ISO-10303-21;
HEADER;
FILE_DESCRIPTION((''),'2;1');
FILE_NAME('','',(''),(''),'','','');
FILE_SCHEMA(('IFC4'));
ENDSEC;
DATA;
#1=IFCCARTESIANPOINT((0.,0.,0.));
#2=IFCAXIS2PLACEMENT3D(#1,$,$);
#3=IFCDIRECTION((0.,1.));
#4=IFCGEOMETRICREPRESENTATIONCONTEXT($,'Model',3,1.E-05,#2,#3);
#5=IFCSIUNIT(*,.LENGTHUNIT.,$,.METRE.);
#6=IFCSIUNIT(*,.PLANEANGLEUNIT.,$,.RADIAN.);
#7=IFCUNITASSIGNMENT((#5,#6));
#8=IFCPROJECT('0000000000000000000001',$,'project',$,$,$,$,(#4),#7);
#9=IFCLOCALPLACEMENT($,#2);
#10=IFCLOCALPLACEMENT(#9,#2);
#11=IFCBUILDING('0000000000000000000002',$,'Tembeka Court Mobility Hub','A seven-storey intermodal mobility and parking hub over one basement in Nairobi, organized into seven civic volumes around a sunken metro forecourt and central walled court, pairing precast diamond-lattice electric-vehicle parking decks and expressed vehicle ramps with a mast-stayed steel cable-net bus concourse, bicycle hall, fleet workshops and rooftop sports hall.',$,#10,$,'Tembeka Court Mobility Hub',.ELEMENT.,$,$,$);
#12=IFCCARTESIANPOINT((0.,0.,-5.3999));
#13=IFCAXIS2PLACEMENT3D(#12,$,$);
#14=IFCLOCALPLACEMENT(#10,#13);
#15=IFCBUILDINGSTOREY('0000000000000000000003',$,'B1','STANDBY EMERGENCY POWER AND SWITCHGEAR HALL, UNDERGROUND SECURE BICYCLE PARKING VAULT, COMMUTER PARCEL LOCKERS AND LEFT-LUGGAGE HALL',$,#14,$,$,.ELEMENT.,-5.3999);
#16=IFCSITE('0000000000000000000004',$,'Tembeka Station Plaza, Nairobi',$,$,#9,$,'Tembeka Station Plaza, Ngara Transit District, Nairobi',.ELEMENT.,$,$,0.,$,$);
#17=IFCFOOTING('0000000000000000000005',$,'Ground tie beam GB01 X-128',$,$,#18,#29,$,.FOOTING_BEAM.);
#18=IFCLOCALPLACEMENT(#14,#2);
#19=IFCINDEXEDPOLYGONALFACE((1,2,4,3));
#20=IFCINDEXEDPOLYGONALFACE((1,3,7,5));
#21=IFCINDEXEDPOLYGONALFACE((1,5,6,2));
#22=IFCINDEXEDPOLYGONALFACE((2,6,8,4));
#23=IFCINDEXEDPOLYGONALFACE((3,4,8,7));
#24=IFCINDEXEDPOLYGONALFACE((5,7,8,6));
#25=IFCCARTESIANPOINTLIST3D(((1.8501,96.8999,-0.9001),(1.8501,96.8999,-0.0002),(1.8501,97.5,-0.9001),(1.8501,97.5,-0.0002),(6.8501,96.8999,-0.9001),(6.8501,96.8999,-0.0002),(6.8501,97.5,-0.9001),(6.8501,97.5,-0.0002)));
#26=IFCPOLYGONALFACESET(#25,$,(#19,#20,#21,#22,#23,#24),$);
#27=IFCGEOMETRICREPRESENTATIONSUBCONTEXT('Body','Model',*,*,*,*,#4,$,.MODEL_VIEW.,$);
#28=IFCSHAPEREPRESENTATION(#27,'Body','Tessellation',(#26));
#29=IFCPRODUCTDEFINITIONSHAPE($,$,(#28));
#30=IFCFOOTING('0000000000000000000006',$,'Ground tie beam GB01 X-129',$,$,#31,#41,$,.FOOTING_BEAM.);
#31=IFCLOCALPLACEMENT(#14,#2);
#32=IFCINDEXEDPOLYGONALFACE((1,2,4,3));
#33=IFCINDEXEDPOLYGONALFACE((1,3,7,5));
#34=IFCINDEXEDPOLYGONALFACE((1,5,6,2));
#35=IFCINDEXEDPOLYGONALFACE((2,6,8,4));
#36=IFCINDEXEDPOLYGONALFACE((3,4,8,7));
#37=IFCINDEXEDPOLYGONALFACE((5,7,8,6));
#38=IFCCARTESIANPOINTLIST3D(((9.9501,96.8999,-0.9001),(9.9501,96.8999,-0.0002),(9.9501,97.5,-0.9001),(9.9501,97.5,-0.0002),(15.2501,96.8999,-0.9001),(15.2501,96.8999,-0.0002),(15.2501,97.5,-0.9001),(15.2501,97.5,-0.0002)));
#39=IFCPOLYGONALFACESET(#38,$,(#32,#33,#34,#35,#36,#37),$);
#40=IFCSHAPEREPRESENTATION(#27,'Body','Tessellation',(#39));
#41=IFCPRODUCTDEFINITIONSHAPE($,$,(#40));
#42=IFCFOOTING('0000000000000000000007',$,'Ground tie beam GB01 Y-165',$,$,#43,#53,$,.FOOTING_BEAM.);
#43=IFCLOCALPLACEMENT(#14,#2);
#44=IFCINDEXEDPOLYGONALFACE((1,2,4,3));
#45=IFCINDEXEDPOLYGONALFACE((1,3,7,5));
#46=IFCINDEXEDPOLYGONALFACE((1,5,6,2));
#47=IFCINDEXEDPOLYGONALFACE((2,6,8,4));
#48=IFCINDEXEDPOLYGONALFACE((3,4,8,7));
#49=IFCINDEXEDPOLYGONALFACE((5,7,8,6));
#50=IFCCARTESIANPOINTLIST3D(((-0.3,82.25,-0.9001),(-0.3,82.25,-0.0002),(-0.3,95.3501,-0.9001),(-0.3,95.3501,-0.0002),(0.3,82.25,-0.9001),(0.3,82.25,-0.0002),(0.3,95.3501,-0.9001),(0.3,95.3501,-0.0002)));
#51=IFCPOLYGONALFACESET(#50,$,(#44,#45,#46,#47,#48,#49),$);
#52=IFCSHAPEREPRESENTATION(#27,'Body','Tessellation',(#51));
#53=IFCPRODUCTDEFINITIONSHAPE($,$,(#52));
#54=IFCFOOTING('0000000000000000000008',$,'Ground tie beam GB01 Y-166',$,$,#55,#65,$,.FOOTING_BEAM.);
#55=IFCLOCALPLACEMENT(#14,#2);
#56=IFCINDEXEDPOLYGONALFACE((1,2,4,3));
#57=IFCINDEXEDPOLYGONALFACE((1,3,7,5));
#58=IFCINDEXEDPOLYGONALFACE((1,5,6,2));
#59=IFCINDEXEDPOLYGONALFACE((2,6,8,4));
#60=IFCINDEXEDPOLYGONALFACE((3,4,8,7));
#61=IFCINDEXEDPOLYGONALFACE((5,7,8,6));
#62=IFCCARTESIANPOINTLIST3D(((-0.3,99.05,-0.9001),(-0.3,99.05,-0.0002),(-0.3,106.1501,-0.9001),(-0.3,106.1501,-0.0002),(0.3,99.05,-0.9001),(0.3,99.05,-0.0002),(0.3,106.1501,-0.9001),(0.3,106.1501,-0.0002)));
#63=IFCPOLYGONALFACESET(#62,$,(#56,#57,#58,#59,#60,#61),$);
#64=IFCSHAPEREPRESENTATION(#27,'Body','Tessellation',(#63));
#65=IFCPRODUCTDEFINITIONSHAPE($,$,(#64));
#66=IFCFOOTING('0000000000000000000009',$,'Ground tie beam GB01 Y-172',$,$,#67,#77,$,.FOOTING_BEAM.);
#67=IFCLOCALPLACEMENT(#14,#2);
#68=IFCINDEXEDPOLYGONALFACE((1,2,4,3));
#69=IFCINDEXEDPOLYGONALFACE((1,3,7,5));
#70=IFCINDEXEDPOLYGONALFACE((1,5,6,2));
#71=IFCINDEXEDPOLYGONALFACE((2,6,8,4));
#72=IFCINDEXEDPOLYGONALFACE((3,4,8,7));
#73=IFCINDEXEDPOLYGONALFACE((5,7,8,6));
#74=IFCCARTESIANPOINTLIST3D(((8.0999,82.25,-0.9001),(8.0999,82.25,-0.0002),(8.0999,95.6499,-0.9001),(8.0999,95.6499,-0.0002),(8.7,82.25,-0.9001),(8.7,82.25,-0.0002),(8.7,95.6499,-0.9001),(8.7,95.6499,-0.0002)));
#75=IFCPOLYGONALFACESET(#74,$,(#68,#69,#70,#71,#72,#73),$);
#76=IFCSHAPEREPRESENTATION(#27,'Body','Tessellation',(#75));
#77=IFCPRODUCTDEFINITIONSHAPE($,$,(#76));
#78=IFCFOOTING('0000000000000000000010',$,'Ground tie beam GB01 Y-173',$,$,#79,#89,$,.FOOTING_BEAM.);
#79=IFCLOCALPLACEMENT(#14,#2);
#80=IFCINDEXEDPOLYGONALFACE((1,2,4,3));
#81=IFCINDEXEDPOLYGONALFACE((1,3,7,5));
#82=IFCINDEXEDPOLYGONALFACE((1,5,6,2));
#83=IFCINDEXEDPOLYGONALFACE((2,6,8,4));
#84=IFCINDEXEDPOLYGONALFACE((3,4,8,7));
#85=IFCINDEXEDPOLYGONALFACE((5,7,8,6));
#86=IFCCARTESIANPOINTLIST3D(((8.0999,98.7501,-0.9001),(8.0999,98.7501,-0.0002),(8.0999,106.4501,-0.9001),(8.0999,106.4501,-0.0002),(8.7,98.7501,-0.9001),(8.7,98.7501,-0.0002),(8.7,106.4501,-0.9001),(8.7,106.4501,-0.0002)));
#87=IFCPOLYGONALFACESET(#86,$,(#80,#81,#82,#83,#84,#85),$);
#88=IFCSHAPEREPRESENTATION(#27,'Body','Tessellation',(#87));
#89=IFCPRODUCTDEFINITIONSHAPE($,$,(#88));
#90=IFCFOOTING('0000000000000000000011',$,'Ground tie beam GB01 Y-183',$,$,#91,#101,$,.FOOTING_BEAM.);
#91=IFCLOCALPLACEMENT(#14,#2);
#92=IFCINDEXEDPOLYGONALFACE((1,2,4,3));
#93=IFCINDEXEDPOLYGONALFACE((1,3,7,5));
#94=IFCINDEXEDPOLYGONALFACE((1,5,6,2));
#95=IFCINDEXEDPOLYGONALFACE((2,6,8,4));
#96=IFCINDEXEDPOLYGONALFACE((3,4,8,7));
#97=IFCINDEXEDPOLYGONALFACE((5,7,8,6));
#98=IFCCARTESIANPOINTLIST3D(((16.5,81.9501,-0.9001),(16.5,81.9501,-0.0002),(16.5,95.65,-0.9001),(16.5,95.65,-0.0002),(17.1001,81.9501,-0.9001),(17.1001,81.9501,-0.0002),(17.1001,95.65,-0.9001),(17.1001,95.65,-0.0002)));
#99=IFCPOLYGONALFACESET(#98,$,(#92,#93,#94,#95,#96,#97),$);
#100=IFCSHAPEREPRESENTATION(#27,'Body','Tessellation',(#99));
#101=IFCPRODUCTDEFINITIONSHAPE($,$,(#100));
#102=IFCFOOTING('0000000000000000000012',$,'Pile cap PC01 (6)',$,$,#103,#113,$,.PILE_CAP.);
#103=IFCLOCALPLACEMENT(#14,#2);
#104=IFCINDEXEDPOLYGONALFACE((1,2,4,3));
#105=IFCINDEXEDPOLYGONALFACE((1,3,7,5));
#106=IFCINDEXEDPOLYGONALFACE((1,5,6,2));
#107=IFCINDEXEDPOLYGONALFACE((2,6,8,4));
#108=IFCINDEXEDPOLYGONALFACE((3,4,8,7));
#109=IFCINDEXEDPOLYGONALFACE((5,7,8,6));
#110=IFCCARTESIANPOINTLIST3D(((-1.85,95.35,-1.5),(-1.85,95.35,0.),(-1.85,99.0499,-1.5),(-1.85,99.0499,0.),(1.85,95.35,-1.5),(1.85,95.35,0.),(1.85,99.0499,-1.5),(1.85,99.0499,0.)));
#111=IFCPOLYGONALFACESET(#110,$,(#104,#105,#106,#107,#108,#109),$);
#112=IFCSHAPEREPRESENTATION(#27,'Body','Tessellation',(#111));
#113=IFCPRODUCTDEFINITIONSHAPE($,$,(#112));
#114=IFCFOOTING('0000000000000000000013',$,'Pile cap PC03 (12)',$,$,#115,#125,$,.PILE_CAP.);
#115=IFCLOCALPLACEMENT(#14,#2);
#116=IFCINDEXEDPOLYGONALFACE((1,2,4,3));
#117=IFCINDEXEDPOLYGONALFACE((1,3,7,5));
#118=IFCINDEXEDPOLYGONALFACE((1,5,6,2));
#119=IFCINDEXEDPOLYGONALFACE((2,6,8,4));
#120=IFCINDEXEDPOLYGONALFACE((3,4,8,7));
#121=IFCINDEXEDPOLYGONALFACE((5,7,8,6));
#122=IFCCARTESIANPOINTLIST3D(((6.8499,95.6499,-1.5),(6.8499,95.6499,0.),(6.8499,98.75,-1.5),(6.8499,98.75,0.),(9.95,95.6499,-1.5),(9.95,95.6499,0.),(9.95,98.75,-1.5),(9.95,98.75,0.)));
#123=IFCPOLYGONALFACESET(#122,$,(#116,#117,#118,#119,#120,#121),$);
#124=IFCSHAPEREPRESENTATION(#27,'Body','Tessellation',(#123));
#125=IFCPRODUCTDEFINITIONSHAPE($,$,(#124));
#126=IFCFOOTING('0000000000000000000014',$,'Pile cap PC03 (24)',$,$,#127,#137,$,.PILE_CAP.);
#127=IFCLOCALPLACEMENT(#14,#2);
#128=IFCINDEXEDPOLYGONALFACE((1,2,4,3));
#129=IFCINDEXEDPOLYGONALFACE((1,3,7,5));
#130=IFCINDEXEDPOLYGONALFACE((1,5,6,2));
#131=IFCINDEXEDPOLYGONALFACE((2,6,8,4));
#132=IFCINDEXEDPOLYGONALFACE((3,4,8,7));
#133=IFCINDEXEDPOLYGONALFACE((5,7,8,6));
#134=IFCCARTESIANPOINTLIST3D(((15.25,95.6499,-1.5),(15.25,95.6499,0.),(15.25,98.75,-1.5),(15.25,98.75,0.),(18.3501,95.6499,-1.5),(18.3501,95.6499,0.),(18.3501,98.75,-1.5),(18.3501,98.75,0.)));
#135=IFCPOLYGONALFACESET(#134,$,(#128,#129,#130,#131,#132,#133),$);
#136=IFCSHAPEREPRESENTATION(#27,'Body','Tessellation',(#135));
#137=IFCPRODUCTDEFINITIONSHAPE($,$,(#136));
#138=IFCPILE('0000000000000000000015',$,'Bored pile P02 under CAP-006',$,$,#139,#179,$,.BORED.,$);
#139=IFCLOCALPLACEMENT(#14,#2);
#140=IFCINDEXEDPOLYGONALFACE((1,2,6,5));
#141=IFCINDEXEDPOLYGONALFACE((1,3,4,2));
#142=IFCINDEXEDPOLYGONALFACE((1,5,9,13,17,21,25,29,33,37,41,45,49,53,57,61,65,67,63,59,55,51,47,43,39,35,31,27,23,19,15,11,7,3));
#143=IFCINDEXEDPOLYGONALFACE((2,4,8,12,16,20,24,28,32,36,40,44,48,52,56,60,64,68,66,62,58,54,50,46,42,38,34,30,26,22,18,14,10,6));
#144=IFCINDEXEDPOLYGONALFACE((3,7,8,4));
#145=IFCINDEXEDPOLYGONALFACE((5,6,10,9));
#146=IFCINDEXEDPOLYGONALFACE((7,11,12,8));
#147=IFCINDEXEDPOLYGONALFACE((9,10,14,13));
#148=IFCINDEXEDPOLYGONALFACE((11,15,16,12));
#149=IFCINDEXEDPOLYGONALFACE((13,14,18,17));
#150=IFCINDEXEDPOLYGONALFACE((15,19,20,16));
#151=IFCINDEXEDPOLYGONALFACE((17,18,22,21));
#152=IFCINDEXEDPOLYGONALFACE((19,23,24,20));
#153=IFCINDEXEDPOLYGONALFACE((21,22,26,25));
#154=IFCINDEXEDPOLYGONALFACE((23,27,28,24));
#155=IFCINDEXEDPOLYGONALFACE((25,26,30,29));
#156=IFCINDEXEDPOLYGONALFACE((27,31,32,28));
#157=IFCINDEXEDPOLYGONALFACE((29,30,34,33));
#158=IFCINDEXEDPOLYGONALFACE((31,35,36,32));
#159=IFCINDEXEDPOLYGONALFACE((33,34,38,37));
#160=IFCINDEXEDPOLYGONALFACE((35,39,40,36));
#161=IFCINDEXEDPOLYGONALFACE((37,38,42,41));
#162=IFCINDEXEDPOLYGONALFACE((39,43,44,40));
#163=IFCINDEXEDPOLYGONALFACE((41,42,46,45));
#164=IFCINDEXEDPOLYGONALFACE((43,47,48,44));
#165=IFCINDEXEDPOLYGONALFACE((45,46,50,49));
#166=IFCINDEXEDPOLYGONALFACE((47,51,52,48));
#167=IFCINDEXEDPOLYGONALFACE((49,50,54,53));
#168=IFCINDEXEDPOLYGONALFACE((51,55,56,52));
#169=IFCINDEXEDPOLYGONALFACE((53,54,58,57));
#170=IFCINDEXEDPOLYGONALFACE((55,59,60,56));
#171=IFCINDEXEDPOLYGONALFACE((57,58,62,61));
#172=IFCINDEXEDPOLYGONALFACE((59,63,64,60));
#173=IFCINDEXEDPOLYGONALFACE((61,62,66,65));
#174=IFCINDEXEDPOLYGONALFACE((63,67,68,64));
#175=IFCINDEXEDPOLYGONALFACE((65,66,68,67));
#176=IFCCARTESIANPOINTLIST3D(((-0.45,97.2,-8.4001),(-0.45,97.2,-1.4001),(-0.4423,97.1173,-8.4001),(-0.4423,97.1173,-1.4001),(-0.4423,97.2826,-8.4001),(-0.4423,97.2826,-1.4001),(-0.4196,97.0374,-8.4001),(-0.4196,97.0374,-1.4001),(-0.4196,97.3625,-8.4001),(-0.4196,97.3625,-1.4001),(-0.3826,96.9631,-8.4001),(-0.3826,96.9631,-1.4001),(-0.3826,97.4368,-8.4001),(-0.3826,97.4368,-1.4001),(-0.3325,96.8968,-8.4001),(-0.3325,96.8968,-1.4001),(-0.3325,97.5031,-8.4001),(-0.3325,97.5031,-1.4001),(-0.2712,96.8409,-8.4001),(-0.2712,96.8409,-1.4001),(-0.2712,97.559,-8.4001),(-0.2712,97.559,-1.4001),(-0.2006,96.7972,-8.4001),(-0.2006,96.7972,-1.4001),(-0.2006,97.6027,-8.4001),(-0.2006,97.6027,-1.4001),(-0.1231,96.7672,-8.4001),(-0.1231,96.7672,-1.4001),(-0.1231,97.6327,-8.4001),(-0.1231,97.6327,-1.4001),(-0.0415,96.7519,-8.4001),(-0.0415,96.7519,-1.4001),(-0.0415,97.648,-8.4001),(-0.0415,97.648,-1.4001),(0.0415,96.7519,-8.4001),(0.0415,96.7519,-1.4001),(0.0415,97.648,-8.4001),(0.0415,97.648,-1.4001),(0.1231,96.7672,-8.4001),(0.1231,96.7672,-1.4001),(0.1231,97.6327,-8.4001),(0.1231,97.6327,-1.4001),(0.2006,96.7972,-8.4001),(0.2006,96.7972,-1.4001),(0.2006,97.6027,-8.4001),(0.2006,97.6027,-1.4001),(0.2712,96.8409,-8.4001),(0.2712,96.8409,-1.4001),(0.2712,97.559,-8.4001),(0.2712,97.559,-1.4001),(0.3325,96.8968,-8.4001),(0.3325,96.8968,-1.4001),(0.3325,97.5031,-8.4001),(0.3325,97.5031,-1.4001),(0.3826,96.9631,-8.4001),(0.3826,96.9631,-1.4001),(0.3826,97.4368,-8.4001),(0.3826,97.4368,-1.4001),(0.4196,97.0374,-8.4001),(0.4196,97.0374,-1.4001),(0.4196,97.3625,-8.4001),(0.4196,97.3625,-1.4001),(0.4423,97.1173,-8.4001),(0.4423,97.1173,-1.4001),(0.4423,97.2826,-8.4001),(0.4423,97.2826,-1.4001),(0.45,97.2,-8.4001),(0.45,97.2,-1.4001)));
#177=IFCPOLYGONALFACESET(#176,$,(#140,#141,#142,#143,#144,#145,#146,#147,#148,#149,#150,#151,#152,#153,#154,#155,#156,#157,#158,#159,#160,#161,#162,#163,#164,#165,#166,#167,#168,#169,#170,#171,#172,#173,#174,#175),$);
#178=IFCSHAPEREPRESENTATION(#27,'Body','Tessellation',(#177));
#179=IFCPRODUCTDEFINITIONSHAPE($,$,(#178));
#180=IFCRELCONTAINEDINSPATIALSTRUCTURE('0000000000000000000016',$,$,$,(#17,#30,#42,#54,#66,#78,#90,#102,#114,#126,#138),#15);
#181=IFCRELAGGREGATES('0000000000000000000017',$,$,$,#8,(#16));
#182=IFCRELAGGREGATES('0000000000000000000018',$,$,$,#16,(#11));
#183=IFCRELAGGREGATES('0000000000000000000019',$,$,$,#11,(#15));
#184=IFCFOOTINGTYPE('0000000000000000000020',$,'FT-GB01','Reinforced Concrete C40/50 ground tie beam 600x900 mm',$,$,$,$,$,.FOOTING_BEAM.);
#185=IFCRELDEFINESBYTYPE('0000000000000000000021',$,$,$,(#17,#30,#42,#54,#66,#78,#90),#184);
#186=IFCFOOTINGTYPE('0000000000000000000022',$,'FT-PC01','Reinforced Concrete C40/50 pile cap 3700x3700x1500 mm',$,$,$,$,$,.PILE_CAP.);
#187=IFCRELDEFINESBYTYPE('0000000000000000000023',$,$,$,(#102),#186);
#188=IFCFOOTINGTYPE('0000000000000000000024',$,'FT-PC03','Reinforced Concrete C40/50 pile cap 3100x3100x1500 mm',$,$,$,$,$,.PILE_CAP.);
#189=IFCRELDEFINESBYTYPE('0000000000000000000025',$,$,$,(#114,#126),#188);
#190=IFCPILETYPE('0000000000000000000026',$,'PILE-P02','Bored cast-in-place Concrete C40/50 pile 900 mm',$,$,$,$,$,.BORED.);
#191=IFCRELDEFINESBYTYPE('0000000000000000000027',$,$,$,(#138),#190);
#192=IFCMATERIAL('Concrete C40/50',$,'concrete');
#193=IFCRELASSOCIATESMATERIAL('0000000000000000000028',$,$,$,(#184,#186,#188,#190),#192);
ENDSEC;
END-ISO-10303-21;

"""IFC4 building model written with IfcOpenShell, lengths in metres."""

from ifc_helpers import new_model, si_unit, direction, frame, origin, origin_2d, place, context, subcontext, project, spatial, rectangle, circle, extrude, material, material_profile, profile_set, type_object, element, save


model = new_model("IFC4")

# Units and contexts
model_context = context("Model", 3, precision=1e-05, world=origin(), true_north=direction((0.0, 1.0)))
body_context = subcontext(model_context, "Body", "Model", "MODEL_VIEW")
ifc_project = project(units=[si_unit("LENGTHUNIT", "METRE"), si_unit("PLANEANGLEUNIT", "RADIAN")], contexts=[model_context])

# Site, building, storey
site_placement = place(None, origin())
site = spatial("IfcSite", under=ifc_project, at=site_placement, Name="Tembeka Station Plaza, Nairobi", LongName="Tembeka Station Plaza, Ngara Transit District, Nairobi", CompositionType="ELEMENT", RefElevation=0.0)
building_placement = place(site_placement, origin())
building = spatial("IfcBuilding", under=site, at=building_placement, Name="Tembeka Court Mobility Hub", Description="A seven-storey intermodal mobility and parking hub over one basement in Nairobi, organized into seven civic volumes around a sunken metro forecourt and central walled court, pairing precast diamond-lattice electric-vehicle parking decks and expressed vehicle ramps with a mast-stayed steel cable-net bus concourse, bicycle hall, fleet workshops and rooftop sports hall.", LongName="Tembeka Court Mobility Hub", CompositionType="ELEMENT")
storey_placement = place(building_placement, frame((0.0, 0.0, -5.3999)))
storey = spatial("IfcBuildingStorey", under=building, at=storey_placement, Name="B1", Description="STANDBY EMERGENCY POWER AND SWITCHGEAR HALL, UNDERGROUND SECURE BICYCLE PARKING VAULT, COMMUTER PARCEL LOCKERS AND LEFT-LUGGAGE HALL", CompositionType="ELEMENT", Elevation=-5.3999)

# Footings
ifc_material_1 = material(Name="Concrete C40/50", Category="concrete")
footing_type_1 = type_object("IfcFootingType", Name="FT-GB01", Description="Reinforced Concrete C40/50 ground tie beam 600x900 mm", PredefinedType="FOOTING_BEAM", material=ifc_material_1)
footing_1_placement = place(storey_placement, frame((4.3501, 97.2, -0.9001), z_axis=(0.0, 0.0, 1.0), x_axis=(1.0, 0.0, 0.0)))
element("IfcFooting", 1, at=footing_1_placement, inside=storey, type_object=footing_type_1, Name="Ground tie beam GB01 X-128", PredefinedType="FOOTING_BEAM", context=body_context, shape_type="SweptSolid", body=[
    extrude(rectangle(XDim=5.0, YDim=0.6001, at=origin_2d()), origin(), (0.0, 0.0, 1.0), 0.8999),
])
footing_2_placement = place(storey_placement, frame((12.6001, 97.2, -0.9001), z_axis=(0.0, 0.0, 1.0), x_axis=(1.0, 0.0, 0.0)))
element("IfcFooting", 2, at=footing_2_placement, inside=storey, type_object=footing_type_1, Name="Ground tie beam GB01 X-129", PredefinedType="FOOTING_BEAM", context=body_context, shape_type="SweptSolid", body=[
    extrude(rectangle(XDim=5.3, YDim=0.6001, at=origin_2d()), origin(), (0.0, 0.0, 1.0), 0.8999),
])
footing_3_placement = place(storey_placement, frame((0.0, 88.8, -0.9001), z_axis=(0.0, 0.0, 1.0), x_axis=(0.0, 1.0, 0.0)))
element("IfcFooting", 3, at=footing_3_placement, inside=storey, type_object=footing_type_1, Name="Ground tie beam GB01 Y-165", PredefinedType="FOOTING_BEAM", context=body_context, shape_type="SweptSolid", body=[
    extrude(rectangle(XDim=13.1001, YDim=0.6001, at=origin_2d()), origin(), (0.0, 0.0, 1.0), 0.8999),
])
footing_4_placement = place(storey_placement, frame((0.0, 102.6001, -0.9001), z_axis=(0.0, 0.0, 1.0), x_axis=(0.0, 1.0, 0.0)))
element("IfcFooting", 4, at=footing_4_placement, inside=storey, type_object=footing_type_1, Name="Ground tie beam GB01 Y-166", PredefinedType="FOOTING_BEAM", context=body_context, shape_type="SweptSolid", body=[
    extrude(rectangle(XDim=7.1001, YDim=0.6001, at=origin_2d()), origin(), (0.0, 0.0, 1.0), 0.8999),
])
footing_5_placement = place(storey_placement, frame((8.3999, 88.95, -0.9001), z_axis=(0.0, 0.0, 1.0), x_axis=(0.0, 1.0, 0.0)))
element("IfcFooting", 5, at=footing_5_placement, inside=storey, type_object=footing_type_1, Name="Ground tie beam GB01 Y-172", PredefinedType="FOOTING_BEAM", context=body_context, shape_type="SweptSolid", body=[
    extrude(rectangle(XDim=13.3999, YDim=0.6001, at=origin_2d()), origin(), (0.0, 0.0, 1.0), 0.8999),
])
footing_6_placement = place(storey_placement, frame((8.3999, 102.6001, -0.9001), z_axis=(0.0, 0.0, 1.0), x_axis=(0.0, 1.0, 0.0)))
element("IfcFooting", 6, at=footing_6_placement, inside=storey, type_object=footing_type_1, Name="Ground tie beam GB01 Y-173", PredefinedType="FOOTING_BEAM", context=body_context, shape_type="SweptSolid", body=[
    extrude(rectangle(XDim=7.7, YDim=0.6001, at=origin_2d()), origin(), (0.0, 0.0, 1.0), 0.8999),
])
footing_7_placement = place(storey_placement, frame((16.8, 88.8, -0.9001), z_axis=(0.0, 0.0, 1.0), x_axis=(0.0, 1.0, 0.0)))
element("IfcFooting", 7, at=footing_7_placement, inside=storey, type_object=footing_type_1, Name="Ground tie beam GB01 Y-183", PredefinedType="FOOTING_BEAM", context=body_context, shape_type="SweptSolid", body=[
    extrude(rectangle(XDim=13.7, YDim=0.6001, at=origin_2d()), origin(), (0.0, 0.0, 1.0), 0.8999),
])
footing_type_2 = type_object("IfcFootingType", Name="FT-PC01", Description="Reinforced Concrete C40/50 pile cap 3700x3700x1500 mm", PredefinedType="PILE_CAP", material=ifc_material_1)
footing_8_placement = place(storey_placement, frame((0.0, 97.2, -1.5), z_axis=(0.0, 0.0, 1.0), x_axis=(1.0, 0.0, 0.0)))
element("IfcFooting", 8, at=footing_8_placement, inside=storey, type_object=footing_type_2, Name="Pile cap PC01 (6)", PredefinedType="PILE_CAP", context=body_context, shape_type="SweptSolid", body=[
    extrude(rectangle(XDim=3.7, YDim=3.7, at=origin_2d()), origin(), (0.0, 0.0, 1.0), 1.5),
])
footing_type_3 = type_object("IfcFootingType", Name="FT-PC03", Description="Reinforced Concrete C40/50 pile cap 3100x3100x1500 mm", PredefinedType="PILE_CAP", material=ifc_material_1)
for number, where, z_axis, x_axis, name in (
    (9, (8.3999, 97.2, -1.5), (0.0, 0.0, 1.0), (1.0, 0.0, 0.0), "Pile cap PC03 (12)"),
    (10, (16.8, 97.2, -1.5), (0.0, 0.0, 1.0), (1.0, 0.0, 0.0), "Pile cap PC03 (24)"),
):
    element("IfcFooting", number, at=place(storey_placement, frame(where, z_axis=z_axis, x_axis=x_axis)), inside=storey, type_object=footing_type_3, Name=name, PredefinedType="PILE_CAP", context=body_context, shape_type="SweptSolid", body=[
        extrude(rectangle(XDim=3.1001, YDim=3.1001, at=origin_2d()), origin(), (0.0, 0.0, 1.0), 1.5),
    ])

# Pile
ifc_material_profile_1 = material_profile(ifc_material_1, circle(Radius=0.45, at=origin_2d()), Name="PILE D900")
ifc_profile_set_1 = profile_set([ifc_material_profile_1], Name="Concrete C40/50")
pile_type_1 = type_object("IfcPileType", Name="PILE-P02", Description="Bored cast-in-place Concrete C40/50 pile 900 mm", PredefinedType="BORED", material=ifc_profile_set_1)
for number, where, z_axis, x_axis, name in (
    (11, (0.0, 97.2, -1.4001), (0.0, 0.0, -1.0), (1.0, 0.0, 0.0), "Bored pile P02 under CAP-006"),
):
    element("IfcPile", number, at=place(storey_placement, frame(where, z_axis=z_axis, x_axis=x_axis)), inside=storey, type_object=pile_type_1, Name=name, PredefinedType="BORED", context=body_context, shape_type="SweptSolid", body=[
        extrude(circle(Radius=0.45, at=origin_2d()), origin(), (0.0, 0.0, 1.0), 7.0),
    ])

save(model, "model.ifc")
